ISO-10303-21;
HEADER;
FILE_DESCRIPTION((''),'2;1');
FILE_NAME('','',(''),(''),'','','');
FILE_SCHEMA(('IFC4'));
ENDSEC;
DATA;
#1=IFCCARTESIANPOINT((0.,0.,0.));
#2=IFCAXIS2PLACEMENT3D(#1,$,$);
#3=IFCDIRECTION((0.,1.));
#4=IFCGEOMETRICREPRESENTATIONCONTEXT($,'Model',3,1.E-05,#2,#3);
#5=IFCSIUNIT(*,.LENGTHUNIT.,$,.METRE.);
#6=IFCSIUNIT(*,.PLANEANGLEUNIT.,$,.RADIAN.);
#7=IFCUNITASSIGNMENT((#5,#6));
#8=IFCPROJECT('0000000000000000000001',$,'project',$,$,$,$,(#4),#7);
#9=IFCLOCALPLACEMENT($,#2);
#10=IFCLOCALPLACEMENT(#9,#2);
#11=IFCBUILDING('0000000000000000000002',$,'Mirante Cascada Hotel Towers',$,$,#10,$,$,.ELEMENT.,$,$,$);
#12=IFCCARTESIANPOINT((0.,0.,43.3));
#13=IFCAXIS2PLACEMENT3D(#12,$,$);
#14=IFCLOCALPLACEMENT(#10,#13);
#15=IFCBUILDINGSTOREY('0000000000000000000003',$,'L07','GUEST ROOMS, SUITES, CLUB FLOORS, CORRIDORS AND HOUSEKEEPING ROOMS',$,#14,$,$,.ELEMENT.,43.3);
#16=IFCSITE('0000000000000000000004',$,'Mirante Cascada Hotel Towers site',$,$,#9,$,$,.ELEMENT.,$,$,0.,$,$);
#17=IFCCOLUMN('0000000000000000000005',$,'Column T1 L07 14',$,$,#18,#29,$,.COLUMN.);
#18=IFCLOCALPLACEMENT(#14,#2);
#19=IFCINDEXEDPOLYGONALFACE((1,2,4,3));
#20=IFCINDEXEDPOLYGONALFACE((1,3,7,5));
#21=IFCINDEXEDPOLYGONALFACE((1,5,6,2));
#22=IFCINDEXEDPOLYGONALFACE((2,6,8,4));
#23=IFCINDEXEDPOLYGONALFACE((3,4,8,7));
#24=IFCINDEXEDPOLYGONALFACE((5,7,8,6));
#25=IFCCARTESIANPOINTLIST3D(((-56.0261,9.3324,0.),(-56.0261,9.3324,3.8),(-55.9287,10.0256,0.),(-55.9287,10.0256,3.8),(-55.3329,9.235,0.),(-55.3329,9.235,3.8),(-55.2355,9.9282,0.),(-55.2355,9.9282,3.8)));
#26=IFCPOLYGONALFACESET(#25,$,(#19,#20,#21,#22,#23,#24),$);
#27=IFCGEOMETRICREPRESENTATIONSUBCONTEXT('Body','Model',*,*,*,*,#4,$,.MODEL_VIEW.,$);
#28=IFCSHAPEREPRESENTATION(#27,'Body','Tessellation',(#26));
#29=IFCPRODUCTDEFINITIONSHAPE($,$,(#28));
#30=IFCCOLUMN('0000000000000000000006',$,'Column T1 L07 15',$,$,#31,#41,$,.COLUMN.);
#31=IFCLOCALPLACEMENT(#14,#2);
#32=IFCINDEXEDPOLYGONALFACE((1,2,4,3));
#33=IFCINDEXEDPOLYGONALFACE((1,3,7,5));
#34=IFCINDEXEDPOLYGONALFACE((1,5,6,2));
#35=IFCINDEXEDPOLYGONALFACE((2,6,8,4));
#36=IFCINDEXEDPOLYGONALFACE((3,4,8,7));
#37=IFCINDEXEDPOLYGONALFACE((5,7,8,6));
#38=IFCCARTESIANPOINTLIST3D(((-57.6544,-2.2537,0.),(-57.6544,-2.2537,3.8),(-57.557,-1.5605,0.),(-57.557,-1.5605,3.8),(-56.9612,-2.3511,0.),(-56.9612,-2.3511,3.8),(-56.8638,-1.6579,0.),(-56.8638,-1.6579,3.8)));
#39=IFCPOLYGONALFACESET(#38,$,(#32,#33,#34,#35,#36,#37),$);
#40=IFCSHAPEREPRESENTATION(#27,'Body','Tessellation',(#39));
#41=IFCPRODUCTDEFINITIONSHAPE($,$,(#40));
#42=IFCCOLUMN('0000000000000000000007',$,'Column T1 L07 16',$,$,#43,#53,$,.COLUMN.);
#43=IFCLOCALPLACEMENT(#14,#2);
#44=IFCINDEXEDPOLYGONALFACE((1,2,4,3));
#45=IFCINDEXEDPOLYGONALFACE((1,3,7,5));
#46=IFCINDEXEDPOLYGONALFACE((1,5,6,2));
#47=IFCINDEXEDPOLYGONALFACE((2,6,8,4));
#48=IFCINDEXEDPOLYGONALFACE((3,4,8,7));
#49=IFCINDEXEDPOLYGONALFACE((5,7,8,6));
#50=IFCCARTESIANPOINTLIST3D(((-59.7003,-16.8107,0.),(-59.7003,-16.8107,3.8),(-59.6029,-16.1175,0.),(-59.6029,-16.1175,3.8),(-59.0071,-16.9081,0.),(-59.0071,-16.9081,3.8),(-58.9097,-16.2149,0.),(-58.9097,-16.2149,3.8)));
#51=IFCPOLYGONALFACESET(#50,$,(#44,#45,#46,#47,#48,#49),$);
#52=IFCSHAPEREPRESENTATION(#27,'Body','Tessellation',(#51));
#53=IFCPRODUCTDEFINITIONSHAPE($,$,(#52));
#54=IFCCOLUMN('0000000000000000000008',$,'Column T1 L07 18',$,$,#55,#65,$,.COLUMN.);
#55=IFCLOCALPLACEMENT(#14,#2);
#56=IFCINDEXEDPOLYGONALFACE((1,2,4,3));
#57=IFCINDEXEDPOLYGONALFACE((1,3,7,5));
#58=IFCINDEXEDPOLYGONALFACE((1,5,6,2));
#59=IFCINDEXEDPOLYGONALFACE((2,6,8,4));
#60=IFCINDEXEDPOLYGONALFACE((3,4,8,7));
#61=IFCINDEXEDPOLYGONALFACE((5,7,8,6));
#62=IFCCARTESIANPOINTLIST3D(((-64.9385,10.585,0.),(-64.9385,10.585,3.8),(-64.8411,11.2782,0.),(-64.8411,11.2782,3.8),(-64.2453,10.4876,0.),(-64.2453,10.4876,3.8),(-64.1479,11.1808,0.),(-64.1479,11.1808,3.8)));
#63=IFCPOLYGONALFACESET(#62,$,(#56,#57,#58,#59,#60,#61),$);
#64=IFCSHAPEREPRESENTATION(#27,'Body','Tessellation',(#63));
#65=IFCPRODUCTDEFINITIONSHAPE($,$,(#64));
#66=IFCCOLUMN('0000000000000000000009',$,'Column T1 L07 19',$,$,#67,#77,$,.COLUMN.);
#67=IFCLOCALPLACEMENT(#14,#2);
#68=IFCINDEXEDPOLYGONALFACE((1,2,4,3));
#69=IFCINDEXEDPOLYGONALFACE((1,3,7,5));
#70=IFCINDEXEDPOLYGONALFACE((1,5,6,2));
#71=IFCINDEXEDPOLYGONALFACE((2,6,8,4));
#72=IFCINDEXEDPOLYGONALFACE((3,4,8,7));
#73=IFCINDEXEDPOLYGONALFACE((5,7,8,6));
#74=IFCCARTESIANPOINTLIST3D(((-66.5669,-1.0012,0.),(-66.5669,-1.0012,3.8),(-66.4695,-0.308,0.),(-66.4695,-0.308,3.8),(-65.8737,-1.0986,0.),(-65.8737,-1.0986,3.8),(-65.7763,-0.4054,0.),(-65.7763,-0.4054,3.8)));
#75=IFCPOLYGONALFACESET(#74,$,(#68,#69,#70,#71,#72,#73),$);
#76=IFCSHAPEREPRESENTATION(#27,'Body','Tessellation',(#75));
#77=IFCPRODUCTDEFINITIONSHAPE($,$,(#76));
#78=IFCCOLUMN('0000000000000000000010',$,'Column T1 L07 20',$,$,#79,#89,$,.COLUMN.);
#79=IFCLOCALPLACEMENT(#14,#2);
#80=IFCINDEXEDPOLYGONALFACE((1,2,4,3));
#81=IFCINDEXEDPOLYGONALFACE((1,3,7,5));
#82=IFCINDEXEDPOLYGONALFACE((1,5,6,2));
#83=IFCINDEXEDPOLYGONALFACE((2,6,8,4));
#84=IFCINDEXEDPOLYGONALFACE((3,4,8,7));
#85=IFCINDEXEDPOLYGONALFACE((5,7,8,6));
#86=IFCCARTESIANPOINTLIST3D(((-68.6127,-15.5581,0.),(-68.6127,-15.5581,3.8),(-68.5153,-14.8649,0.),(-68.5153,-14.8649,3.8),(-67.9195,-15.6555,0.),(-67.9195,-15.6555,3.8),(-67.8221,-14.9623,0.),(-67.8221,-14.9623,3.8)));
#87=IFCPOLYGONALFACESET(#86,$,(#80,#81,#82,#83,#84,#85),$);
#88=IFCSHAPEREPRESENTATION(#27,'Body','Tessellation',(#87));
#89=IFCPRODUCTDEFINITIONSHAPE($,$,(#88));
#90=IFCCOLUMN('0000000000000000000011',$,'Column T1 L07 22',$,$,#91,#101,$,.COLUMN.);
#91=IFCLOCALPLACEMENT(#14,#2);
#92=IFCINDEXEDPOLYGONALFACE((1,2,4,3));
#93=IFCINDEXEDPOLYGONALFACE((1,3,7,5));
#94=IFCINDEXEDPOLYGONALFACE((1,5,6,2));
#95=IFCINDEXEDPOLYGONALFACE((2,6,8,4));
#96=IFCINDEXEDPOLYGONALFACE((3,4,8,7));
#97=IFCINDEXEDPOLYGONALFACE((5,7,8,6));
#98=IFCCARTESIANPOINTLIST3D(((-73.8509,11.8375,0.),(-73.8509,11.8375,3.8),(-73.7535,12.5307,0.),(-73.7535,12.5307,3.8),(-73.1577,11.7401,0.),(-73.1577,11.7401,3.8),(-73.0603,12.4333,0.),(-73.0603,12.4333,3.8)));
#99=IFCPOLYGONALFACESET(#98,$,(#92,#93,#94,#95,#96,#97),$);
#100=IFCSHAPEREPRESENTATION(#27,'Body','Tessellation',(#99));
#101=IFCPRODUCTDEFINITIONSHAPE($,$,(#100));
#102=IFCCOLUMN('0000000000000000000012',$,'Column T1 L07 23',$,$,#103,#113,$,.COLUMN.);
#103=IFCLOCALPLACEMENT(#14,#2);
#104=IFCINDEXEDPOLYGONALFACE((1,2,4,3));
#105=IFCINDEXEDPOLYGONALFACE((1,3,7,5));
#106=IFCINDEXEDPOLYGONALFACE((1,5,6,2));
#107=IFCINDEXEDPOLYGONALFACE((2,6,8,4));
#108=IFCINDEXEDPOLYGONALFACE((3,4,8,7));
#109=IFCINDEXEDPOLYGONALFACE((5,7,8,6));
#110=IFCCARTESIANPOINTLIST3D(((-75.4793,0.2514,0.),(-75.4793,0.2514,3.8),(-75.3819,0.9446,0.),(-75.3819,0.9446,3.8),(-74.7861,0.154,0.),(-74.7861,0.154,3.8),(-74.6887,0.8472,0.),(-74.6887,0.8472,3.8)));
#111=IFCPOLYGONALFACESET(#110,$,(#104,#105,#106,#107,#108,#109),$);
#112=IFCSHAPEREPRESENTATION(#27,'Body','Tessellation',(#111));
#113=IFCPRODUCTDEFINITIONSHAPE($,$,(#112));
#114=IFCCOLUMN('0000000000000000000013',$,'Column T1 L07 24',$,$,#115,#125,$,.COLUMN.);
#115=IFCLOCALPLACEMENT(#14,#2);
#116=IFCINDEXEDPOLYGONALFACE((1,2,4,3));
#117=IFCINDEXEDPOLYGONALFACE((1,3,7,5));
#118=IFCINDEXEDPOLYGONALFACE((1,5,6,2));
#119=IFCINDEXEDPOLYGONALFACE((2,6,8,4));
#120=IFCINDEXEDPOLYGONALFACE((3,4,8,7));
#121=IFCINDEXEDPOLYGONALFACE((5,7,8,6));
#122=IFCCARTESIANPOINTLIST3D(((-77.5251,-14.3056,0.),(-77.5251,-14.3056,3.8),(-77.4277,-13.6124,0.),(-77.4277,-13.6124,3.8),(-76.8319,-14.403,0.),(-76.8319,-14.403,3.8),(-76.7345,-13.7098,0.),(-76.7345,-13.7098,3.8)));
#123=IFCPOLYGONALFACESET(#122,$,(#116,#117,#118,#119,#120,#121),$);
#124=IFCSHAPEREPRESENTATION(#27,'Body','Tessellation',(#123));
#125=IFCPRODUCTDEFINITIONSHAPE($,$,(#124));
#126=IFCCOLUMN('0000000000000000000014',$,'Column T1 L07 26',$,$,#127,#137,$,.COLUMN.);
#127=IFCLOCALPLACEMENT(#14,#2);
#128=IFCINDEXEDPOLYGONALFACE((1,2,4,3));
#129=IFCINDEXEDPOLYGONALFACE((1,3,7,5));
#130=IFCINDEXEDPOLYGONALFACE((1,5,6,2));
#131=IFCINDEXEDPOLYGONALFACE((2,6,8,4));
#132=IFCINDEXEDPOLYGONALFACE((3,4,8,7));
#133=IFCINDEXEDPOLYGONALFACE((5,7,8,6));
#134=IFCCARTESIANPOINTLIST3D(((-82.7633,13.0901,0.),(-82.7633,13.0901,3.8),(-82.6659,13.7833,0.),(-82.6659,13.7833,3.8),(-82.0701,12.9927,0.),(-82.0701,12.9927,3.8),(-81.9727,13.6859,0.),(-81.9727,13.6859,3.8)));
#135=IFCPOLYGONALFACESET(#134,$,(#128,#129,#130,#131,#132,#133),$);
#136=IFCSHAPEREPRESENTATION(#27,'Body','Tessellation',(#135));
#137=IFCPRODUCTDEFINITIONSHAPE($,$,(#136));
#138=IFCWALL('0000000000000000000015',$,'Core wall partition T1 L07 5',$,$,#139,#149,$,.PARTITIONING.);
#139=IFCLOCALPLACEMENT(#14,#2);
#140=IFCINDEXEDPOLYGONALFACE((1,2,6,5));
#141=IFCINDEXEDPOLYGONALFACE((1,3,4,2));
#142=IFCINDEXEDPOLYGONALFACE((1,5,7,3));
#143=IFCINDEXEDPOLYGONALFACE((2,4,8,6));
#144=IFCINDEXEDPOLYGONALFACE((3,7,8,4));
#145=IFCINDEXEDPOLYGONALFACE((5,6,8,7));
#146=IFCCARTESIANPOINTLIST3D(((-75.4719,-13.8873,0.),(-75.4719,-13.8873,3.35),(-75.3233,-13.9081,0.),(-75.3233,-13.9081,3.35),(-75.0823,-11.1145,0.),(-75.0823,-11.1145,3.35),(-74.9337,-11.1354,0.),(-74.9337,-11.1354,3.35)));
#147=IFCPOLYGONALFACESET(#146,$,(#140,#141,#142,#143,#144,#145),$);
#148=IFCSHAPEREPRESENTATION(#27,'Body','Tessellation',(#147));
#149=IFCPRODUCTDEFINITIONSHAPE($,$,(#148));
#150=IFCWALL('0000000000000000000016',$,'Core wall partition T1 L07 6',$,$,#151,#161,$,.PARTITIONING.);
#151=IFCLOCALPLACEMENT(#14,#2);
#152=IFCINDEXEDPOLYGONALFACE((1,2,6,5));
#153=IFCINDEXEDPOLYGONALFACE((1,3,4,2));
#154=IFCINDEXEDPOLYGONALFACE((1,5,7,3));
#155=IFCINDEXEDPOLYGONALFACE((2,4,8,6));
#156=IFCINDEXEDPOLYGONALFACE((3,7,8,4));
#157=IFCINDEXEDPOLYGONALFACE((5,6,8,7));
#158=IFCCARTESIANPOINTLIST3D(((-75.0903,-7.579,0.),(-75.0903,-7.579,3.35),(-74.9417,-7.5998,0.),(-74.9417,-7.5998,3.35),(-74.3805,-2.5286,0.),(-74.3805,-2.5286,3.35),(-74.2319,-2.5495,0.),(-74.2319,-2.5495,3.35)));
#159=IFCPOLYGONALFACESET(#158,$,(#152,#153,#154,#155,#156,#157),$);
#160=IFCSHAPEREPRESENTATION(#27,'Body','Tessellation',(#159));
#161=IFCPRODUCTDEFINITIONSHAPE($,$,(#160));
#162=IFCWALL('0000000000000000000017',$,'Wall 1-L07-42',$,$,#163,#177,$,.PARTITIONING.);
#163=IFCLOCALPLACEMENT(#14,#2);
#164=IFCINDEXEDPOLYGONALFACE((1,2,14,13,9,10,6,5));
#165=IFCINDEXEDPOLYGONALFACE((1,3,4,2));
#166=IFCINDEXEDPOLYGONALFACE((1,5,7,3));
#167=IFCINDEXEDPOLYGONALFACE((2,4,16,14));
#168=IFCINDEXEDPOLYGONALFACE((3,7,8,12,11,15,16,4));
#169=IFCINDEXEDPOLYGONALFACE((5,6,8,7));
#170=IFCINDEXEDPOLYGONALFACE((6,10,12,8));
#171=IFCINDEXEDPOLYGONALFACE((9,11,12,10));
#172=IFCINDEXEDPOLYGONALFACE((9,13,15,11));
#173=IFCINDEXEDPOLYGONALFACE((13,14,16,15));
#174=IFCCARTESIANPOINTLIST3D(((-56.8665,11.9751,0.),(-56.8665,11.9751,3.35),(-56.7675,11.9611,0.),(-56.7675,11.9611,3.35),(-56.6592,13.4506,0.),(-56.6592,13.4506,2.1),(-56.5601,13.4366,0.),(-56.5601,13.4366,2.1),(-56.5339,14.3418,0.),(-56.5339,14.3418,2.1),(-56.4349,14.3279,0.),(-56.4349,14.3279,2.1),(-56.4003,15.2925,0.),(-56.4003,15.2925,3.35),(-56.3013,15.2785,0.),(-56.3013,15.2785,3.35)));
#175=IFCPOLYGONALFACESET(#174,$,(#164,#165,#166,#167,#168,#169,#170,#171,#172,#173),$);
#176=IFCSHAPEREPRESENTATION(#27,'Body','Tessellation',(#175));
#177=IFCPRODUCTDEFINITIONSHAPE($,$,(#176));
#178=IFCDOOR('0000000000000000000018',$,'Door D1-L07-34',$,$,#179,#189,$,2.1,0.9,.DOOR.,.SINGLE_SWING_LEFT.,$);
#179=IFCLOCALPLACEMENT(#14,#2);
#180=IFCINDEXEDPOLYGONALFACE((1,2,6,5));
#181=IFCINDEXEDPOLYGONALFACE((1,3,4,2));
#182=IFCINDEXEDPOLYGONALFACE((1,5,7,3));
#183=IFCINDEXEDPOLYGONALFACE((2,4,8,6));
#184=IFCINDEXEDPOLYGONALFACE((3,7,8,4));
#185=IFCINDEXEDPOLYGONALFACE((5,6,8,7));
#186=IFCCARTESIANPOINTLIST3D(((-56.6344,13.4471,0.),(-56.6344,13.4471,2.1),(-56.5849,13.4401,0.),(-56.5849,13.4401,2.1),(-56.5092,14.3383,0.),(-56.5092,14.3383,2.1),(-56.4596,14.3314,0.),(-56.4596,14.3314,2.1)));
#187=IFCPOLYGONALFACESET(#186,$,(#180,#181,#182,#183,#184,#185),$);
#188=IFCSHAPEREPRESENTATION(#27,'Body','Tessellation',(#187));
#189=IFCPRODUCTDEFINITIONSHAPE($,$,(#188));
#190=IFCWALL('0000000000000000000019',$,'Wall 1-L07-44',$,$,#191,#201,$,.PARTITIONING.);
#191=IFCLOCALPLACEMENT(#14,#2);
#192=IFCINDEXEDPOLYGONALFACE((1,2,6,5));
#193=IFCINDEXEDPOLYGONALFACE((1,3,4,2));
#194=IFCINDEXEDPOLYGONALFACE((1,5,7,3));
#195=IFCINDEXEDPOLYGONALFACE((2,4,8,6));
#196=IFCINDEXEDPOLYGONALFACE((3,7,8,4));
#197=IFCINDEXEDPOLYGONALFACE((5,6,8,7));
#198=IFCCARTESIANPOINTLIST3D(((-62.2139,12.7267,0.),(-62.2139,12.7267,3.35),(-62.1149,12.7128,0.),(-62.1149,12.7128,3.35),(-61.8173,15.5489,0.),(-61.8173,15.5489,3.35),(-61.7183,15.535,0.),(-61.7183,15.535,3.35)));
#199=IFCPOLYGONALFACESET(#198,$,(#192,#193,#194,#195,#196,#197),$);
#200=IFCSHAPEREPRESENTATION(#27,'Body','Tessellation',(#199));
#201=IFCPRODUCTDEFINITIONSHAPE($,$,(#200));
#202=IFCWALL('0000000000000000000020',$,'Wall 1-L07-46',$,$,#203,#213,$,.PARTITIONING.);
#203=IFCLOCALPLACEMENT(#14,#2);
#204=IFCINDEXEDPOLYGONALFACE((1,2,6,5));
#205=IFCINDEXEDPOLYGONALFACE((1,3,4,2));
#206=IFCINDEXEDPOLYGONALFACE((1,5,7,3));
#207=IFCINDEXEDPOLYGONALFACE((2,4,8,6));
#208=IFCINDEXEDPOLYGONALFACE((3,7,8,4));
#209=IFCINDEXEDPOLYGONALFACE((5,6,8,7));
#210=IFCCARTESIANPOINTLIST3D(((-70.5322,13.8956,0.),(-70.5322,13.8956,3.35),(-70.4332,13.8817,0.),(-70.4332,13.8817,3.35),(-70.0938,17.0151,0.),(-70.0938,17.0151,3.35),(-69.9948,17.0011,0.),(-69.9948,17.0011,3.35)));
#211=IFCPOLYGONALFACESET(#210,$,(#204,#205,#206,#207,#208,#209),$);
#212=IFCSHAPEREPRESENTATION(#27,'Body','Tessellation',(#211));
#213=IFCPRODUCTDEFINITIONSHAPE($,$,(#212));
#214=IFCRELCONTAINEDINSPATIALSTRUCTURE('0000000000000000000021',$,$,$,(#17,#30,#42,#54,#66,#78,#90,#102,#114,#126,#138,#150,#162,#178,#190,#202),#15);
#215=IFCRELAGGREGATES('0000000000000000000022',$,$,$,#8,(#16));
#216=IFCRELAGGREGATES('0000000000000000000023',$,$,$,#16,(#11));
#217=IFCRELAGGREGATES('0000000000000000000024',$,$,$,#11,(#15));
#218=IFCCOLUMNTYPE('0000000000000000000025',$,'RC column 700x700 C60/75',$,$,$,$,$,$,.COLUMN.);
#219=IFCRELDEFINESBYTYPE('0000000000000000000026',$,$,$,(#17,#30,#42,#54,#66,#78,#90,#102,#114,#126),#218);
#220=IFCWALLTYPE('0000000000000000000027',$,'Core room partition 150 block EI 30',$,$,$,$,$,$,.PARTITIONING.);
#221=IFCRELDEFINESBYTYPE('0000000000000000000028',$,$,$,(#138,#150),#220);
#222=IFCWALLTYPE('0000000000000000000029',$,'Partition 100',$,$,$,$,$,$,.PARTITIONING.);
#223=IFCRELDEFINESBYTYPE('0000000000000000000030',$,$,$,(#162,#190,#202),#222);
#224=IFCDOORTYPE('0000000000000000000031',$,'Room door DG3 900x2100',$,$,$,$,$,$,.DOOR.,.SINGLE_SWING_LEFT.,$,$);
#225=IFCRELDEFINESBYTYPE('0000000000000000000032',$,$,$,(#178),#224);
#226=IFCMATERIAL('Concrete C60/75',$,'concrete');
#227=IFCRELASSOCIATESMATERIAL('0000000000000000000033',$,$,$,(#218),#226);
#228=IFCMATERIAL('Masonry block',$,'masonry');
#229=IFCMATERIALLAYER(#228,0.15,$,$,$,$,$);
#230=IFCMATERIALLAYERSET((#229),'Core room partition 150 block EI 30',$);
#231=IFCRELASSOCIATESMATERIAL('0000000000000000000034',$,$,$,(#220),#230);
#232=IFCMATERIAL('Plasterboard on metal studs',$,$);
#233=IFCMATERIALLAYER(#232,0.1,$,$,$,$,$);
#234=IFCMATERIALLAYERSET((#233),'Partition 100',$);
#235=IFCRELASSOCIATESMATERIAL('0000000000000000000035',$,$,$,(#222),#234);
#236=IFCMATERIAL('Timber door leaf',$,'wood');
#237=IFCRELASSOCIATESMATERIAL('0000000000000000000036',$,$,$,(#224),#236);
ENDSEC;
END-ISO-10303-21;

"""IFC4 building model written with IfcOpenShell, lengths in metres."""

from ifc_helpers import new_model, si_unit, direction, frame, frame_2d, origin, origin_2d, place, context, subcontext, project, spatial, rectangle, extrude, material, layer, layer_set, material_profile, profile_set, type_object, element, fill, save


model = new_model("IFC4")

# Units and contexts
model_context = context("Model", 3, precision=1e-05, world=origin(), true_north=direction((0.0, 1.0)))
body_context = subcontext(model_context, "Body", "Model", "MODEL_VIEW")
ifc_project = project(units=[si_unit("LENGTHUNIT", "METRE"), si_unit("PLANEANGLEUNIT", "RADIAN")], contexts=[model_context])

# Site, building, storey
site_placement = place(None, origin())
site = spatial("IfcSite", under=ifc_project, at=site_placement, Name="Mirante Cascada Hotel Towers site", CompositionType="ELEMENT", RefElevation=0.0)
building_placement = place(site_placement, origin())
building = spatial("IfcBuilding", under=site, at=building_placement, Name="Mirante Cascada Hotel Towers", CompositionType="ELEMENT")
storey_placement = place(building_placement, frame((0.0, 0.0, 43.3)))
storey = spatial("IfcBuildingStorey", under=building, at=storey_placement, Name="L07", Description="GUEST ROOMS, SUITES, CLUB FLOORS, CORRIDORS AND HOUSEKEEPING ROOMS", CompositionType="ELEMENT", Elevation=43.3)

# Columns
ifc_material_1 = material(Name="Concrete C60/75", Category="concrete")
ifc_material_profile = material_profile(ifc_material_1, rectangle(XDim=0.7, YDim=0.7, at=origin_2d()), Name="RC column 700x700 C60/75")
ifc_profile_set = profile_set([ifc_material_profile], Name="Concrete C60/75")
column_type = type_object("IfcColumnType", Name="RC column 700x700 C60/75", PredefinedType="COLUMN", material=ifc_profile_set)
for number, where, z_axis, x_axis, name in (
    (1, (-55.6308, 9.6303, 0.0), (0.0, 0.0, 1.0), (-0.990268, 0.139173, 0.0), "Column T1 L07 14"),
    (2, (-57.2591, -1.9558, 0.0), (0.0, 0.0, 1.0), (-0.990268, 0.139173, 0.0), "Column T1 L07 15"),
    (3, (-59.305, -16.5128, 0.0), (0.0, 0.0, 1.0), (-0.990268, 0.139173, 0.0), "Column T1 L07 16"),
    (4, (-64.5432, 10.8829, 0.0), (0.0, 0.0, 1.0), (-0.990268, 0.139173, 0.0), "Column T1 L07 18"),
    (5, (-66.1716, -0.7033, 0.0), (0.0, 0.0, 1.0), (-0.990268, 0.139173, 0.0), "Column T1 L07 19"),
    (6, (-68.2174, -15.2602, 0.0), (0.0, 0.0, 1.0), (-0.990268, 0.139173, 0.0), "Column T1 L07 20"),
    (7, (-73.4556, 12.1354, 0.0), (0.0, 0.0, 1.0), (-0.990268, 0.139173, 0.0), "Column T1 L07 22"),
    (8, (-75.084, 0.5493, 0.0), (0.0, 0.0, 1.0), (-0.990268, 0.139173, 0.0), "Column T1 L07 23"),
    (9, (-77.1298, -14.0077, 0.0), (0.0, 0.0, 1.0), (-0.990268, 0.139173, 0.0), "Column T1 L07 24"),
    (10, (-82.368, 13.388, 0.0), (0.0, 0.0, 1.0), (-0.990268, 0.139173, 0.0), "Column T1 L07 26"),
):
    element("IfcColumn", number, at=place(storey_placement, frame(where, z_axis=z_axis, x_axis=x_axis)), inside=storey, type_object=column_type, Name=name, PredefinedType="COLUMN", context=body_context, shape_type="SweptSolid", body=[
        extrude(rectangle(XDim=0.7, YDim=0.7, at=origin_2d()), origin(), (0.0, 0.0, 1.0), 3.8),
    ])

# Walls
ifc_material_2 = material(Name="Masonry block", Category="masonry")
ifc_layer_1 = layer(ifc_material_2, 0.15)
ifc_layer_set_1 = layer_set([ifc_layer_1], Name="Core room partition 150 block EI 30")
wall_type_1 = type_object("IfcWallType", Name="Core room partition 150 block EI 30", PredefinedType="PARTITIONING", material=ifc_layer_set_1)
wall_1_placement = place(storey_placement, frame((-75.3976, -13.8977, 0.0), z_axis=(0.0, 0.0, 1.0), x_axis=(0.139141, 0.990273, 0.0)))
element("IfcWall", 11, at=wall_1_placement, inside=storey, type_object=wall_type_1, Name="Core wall partition T1 L07 5", PredefinedType="PARTITIONING", context=body_context, shape_type="SweptSolid", body=[
    extrude(rectangle(XDim=2.8, YDim=0.15, at=frame_2d((1.4, 0.0))), origin(), (0.0, 0.0, 1.0), 3.35),
])
wall_2_placement = place(storey_placement, frame((-75.016, -7.5894, 0.0), z_axis=(0.0, 0.0, 1.0), x_axis=(0.139176, 0.990268, 0.0)))
element("IfcWall", 12, at=wall_2_placement, inside=storey, type_object=wall_type_1, Name="Core wall partition T1 L07 6", PredefinedType="PARTITIONING", context=body_context, shape_type="SweptSolid", body=[
    extrude(rectangle(XDim=5.1, YDim=0.15, at=frame_2d((2.55, 0.0))), origin(), (0.0, 0.0, 1.0), 3.35),
])

# Wall, opening, door
ifc_material_3 = material(Name="Plasterboard on metal studs")
ifc_layer_2 = layer(ifc_material_3, 0.1)
ifc_layer_set_2 = layer_set([ifc_layer_2], Name="Partition 100")
wall_type_2 = type_object("IfcWallType", Name="Partition 100", PredefinedType="PARTITIONING", material=ifc_layer_set_2)
wall_3_placement = place(storey_placement, frame((-56.817, 11.9681, 0.0), z_axis=(0.0, 0.0, 1.0), x_axis=(0.139164, 0.990269, 0.0)))
wall_3 = element("IfcWall", 13, at=wall_3_placement, inside=storey, type_object=wall_type_2, Name="Wall 1-L07-42", PredefinedType="PARTITIONING", context=body_context, shape_type="SweptSolid", body=[
    extrude(rectangle(XDim=3.35, YDim=0.1, at=frame_2d((1.675, 0.0))), origin(), (0.0, 0.0, 1.0), 3.35),
])
opening_1_placement = place(wall_3_placement, frame((1.49, 0.0, 0.0)))
opening_1 = element("IfcOpeningElement", 14, at=opening_1_placement, cuts=wall_3, PredefinedType="OPENING", context=body_context, shape_type="SweptSolid", body=[
    extrude(rectangle(XDim=0.9, YDim=2.1, at=frame_2d((0.45, 1.05))), frame((0.0, 0.05, 0.0), z_axis=(0.0, -1.0, 0.0), x_axis=(1.0, 0.0, 0.0)), (0.0, 0.0, 1.0), 0.1),
])
ifc_material_4 = material(Name="Timber door leaf", Category="wood")
door_type_1 = type_object("IfcDoorType", Name="Room door DG3 900x2100", OperationType="SINGLE_SWING_LEFT", PredefinedType="DOOR", material=ifc_material_4)
door_1_placement = place(opening_1_placement, origin())
door_1 = element("IfcDoor", 15, at=door_1_placement, inside=storey, type_object=door_type_1, Name="Door D1-L07-34", OperationType="SINGLE_SWING_LEFT", OverallHeight=2.1, OverallWidth=0.9, PredefinedType="DOOR", context=body_context, shape_type="SweptSolid", body=[
    extrude(rectangle(XDim=0.9, YDim=2.1, at=frame_2d((0.45, 1.05))), frame((0.0, 0.025, 0.0), z_axis=(0.0, -1.0, 0.0), x_axis=(1.0, 0.0, 0.0)), (0.0, 0.0, 1.0), 0.05),
])
fill(opening_1, door_1)

# Walls
wall_4_placement = place(storey_placement, frame((-62.1644, 12.7197, 0.0), z_axis=(0.0, 0.0, 1.0), x_axis=(0.139161, 0.99027, 0.0)))
element("IfcWall", 16, at=wall_4_placement, inside=storey, type_object=wall_type_2, Name="Wall 1-L07-44", PredefinedType="PARTITIONING", context=body_context, shape_type="SweptSolid", body=[
    extrude(rectangle(XDim=2.8499, YDim=0.1, at=frame_2d((1.425, 0.0))), origin(), (0.0, 0.0, 1.0), 3.35),
])
wall_5_placement = place(storey_placement, frame((-70.4827, 13.8887, 0.0), z_axis=(0.0, 0.0, 1.0), x_axis=(0.139172, 0.990268, 0.0)))
element("IfcWall", 17, at=wall_5_placement, inside=storey, type_object=wall_type_2, Name="Wall 1-L07-46", PredefinedType="PARTITIONING", context=body_context, shape_type="SweptSolid", body=[
    extrude(rectangle(XDim=3.1501, YDim=0.1, at=frame_2d((1.575, 0.0))), origin(), (0.0, 0.0, 1.0), 3.35),
])

save(model, "model.ifc")
